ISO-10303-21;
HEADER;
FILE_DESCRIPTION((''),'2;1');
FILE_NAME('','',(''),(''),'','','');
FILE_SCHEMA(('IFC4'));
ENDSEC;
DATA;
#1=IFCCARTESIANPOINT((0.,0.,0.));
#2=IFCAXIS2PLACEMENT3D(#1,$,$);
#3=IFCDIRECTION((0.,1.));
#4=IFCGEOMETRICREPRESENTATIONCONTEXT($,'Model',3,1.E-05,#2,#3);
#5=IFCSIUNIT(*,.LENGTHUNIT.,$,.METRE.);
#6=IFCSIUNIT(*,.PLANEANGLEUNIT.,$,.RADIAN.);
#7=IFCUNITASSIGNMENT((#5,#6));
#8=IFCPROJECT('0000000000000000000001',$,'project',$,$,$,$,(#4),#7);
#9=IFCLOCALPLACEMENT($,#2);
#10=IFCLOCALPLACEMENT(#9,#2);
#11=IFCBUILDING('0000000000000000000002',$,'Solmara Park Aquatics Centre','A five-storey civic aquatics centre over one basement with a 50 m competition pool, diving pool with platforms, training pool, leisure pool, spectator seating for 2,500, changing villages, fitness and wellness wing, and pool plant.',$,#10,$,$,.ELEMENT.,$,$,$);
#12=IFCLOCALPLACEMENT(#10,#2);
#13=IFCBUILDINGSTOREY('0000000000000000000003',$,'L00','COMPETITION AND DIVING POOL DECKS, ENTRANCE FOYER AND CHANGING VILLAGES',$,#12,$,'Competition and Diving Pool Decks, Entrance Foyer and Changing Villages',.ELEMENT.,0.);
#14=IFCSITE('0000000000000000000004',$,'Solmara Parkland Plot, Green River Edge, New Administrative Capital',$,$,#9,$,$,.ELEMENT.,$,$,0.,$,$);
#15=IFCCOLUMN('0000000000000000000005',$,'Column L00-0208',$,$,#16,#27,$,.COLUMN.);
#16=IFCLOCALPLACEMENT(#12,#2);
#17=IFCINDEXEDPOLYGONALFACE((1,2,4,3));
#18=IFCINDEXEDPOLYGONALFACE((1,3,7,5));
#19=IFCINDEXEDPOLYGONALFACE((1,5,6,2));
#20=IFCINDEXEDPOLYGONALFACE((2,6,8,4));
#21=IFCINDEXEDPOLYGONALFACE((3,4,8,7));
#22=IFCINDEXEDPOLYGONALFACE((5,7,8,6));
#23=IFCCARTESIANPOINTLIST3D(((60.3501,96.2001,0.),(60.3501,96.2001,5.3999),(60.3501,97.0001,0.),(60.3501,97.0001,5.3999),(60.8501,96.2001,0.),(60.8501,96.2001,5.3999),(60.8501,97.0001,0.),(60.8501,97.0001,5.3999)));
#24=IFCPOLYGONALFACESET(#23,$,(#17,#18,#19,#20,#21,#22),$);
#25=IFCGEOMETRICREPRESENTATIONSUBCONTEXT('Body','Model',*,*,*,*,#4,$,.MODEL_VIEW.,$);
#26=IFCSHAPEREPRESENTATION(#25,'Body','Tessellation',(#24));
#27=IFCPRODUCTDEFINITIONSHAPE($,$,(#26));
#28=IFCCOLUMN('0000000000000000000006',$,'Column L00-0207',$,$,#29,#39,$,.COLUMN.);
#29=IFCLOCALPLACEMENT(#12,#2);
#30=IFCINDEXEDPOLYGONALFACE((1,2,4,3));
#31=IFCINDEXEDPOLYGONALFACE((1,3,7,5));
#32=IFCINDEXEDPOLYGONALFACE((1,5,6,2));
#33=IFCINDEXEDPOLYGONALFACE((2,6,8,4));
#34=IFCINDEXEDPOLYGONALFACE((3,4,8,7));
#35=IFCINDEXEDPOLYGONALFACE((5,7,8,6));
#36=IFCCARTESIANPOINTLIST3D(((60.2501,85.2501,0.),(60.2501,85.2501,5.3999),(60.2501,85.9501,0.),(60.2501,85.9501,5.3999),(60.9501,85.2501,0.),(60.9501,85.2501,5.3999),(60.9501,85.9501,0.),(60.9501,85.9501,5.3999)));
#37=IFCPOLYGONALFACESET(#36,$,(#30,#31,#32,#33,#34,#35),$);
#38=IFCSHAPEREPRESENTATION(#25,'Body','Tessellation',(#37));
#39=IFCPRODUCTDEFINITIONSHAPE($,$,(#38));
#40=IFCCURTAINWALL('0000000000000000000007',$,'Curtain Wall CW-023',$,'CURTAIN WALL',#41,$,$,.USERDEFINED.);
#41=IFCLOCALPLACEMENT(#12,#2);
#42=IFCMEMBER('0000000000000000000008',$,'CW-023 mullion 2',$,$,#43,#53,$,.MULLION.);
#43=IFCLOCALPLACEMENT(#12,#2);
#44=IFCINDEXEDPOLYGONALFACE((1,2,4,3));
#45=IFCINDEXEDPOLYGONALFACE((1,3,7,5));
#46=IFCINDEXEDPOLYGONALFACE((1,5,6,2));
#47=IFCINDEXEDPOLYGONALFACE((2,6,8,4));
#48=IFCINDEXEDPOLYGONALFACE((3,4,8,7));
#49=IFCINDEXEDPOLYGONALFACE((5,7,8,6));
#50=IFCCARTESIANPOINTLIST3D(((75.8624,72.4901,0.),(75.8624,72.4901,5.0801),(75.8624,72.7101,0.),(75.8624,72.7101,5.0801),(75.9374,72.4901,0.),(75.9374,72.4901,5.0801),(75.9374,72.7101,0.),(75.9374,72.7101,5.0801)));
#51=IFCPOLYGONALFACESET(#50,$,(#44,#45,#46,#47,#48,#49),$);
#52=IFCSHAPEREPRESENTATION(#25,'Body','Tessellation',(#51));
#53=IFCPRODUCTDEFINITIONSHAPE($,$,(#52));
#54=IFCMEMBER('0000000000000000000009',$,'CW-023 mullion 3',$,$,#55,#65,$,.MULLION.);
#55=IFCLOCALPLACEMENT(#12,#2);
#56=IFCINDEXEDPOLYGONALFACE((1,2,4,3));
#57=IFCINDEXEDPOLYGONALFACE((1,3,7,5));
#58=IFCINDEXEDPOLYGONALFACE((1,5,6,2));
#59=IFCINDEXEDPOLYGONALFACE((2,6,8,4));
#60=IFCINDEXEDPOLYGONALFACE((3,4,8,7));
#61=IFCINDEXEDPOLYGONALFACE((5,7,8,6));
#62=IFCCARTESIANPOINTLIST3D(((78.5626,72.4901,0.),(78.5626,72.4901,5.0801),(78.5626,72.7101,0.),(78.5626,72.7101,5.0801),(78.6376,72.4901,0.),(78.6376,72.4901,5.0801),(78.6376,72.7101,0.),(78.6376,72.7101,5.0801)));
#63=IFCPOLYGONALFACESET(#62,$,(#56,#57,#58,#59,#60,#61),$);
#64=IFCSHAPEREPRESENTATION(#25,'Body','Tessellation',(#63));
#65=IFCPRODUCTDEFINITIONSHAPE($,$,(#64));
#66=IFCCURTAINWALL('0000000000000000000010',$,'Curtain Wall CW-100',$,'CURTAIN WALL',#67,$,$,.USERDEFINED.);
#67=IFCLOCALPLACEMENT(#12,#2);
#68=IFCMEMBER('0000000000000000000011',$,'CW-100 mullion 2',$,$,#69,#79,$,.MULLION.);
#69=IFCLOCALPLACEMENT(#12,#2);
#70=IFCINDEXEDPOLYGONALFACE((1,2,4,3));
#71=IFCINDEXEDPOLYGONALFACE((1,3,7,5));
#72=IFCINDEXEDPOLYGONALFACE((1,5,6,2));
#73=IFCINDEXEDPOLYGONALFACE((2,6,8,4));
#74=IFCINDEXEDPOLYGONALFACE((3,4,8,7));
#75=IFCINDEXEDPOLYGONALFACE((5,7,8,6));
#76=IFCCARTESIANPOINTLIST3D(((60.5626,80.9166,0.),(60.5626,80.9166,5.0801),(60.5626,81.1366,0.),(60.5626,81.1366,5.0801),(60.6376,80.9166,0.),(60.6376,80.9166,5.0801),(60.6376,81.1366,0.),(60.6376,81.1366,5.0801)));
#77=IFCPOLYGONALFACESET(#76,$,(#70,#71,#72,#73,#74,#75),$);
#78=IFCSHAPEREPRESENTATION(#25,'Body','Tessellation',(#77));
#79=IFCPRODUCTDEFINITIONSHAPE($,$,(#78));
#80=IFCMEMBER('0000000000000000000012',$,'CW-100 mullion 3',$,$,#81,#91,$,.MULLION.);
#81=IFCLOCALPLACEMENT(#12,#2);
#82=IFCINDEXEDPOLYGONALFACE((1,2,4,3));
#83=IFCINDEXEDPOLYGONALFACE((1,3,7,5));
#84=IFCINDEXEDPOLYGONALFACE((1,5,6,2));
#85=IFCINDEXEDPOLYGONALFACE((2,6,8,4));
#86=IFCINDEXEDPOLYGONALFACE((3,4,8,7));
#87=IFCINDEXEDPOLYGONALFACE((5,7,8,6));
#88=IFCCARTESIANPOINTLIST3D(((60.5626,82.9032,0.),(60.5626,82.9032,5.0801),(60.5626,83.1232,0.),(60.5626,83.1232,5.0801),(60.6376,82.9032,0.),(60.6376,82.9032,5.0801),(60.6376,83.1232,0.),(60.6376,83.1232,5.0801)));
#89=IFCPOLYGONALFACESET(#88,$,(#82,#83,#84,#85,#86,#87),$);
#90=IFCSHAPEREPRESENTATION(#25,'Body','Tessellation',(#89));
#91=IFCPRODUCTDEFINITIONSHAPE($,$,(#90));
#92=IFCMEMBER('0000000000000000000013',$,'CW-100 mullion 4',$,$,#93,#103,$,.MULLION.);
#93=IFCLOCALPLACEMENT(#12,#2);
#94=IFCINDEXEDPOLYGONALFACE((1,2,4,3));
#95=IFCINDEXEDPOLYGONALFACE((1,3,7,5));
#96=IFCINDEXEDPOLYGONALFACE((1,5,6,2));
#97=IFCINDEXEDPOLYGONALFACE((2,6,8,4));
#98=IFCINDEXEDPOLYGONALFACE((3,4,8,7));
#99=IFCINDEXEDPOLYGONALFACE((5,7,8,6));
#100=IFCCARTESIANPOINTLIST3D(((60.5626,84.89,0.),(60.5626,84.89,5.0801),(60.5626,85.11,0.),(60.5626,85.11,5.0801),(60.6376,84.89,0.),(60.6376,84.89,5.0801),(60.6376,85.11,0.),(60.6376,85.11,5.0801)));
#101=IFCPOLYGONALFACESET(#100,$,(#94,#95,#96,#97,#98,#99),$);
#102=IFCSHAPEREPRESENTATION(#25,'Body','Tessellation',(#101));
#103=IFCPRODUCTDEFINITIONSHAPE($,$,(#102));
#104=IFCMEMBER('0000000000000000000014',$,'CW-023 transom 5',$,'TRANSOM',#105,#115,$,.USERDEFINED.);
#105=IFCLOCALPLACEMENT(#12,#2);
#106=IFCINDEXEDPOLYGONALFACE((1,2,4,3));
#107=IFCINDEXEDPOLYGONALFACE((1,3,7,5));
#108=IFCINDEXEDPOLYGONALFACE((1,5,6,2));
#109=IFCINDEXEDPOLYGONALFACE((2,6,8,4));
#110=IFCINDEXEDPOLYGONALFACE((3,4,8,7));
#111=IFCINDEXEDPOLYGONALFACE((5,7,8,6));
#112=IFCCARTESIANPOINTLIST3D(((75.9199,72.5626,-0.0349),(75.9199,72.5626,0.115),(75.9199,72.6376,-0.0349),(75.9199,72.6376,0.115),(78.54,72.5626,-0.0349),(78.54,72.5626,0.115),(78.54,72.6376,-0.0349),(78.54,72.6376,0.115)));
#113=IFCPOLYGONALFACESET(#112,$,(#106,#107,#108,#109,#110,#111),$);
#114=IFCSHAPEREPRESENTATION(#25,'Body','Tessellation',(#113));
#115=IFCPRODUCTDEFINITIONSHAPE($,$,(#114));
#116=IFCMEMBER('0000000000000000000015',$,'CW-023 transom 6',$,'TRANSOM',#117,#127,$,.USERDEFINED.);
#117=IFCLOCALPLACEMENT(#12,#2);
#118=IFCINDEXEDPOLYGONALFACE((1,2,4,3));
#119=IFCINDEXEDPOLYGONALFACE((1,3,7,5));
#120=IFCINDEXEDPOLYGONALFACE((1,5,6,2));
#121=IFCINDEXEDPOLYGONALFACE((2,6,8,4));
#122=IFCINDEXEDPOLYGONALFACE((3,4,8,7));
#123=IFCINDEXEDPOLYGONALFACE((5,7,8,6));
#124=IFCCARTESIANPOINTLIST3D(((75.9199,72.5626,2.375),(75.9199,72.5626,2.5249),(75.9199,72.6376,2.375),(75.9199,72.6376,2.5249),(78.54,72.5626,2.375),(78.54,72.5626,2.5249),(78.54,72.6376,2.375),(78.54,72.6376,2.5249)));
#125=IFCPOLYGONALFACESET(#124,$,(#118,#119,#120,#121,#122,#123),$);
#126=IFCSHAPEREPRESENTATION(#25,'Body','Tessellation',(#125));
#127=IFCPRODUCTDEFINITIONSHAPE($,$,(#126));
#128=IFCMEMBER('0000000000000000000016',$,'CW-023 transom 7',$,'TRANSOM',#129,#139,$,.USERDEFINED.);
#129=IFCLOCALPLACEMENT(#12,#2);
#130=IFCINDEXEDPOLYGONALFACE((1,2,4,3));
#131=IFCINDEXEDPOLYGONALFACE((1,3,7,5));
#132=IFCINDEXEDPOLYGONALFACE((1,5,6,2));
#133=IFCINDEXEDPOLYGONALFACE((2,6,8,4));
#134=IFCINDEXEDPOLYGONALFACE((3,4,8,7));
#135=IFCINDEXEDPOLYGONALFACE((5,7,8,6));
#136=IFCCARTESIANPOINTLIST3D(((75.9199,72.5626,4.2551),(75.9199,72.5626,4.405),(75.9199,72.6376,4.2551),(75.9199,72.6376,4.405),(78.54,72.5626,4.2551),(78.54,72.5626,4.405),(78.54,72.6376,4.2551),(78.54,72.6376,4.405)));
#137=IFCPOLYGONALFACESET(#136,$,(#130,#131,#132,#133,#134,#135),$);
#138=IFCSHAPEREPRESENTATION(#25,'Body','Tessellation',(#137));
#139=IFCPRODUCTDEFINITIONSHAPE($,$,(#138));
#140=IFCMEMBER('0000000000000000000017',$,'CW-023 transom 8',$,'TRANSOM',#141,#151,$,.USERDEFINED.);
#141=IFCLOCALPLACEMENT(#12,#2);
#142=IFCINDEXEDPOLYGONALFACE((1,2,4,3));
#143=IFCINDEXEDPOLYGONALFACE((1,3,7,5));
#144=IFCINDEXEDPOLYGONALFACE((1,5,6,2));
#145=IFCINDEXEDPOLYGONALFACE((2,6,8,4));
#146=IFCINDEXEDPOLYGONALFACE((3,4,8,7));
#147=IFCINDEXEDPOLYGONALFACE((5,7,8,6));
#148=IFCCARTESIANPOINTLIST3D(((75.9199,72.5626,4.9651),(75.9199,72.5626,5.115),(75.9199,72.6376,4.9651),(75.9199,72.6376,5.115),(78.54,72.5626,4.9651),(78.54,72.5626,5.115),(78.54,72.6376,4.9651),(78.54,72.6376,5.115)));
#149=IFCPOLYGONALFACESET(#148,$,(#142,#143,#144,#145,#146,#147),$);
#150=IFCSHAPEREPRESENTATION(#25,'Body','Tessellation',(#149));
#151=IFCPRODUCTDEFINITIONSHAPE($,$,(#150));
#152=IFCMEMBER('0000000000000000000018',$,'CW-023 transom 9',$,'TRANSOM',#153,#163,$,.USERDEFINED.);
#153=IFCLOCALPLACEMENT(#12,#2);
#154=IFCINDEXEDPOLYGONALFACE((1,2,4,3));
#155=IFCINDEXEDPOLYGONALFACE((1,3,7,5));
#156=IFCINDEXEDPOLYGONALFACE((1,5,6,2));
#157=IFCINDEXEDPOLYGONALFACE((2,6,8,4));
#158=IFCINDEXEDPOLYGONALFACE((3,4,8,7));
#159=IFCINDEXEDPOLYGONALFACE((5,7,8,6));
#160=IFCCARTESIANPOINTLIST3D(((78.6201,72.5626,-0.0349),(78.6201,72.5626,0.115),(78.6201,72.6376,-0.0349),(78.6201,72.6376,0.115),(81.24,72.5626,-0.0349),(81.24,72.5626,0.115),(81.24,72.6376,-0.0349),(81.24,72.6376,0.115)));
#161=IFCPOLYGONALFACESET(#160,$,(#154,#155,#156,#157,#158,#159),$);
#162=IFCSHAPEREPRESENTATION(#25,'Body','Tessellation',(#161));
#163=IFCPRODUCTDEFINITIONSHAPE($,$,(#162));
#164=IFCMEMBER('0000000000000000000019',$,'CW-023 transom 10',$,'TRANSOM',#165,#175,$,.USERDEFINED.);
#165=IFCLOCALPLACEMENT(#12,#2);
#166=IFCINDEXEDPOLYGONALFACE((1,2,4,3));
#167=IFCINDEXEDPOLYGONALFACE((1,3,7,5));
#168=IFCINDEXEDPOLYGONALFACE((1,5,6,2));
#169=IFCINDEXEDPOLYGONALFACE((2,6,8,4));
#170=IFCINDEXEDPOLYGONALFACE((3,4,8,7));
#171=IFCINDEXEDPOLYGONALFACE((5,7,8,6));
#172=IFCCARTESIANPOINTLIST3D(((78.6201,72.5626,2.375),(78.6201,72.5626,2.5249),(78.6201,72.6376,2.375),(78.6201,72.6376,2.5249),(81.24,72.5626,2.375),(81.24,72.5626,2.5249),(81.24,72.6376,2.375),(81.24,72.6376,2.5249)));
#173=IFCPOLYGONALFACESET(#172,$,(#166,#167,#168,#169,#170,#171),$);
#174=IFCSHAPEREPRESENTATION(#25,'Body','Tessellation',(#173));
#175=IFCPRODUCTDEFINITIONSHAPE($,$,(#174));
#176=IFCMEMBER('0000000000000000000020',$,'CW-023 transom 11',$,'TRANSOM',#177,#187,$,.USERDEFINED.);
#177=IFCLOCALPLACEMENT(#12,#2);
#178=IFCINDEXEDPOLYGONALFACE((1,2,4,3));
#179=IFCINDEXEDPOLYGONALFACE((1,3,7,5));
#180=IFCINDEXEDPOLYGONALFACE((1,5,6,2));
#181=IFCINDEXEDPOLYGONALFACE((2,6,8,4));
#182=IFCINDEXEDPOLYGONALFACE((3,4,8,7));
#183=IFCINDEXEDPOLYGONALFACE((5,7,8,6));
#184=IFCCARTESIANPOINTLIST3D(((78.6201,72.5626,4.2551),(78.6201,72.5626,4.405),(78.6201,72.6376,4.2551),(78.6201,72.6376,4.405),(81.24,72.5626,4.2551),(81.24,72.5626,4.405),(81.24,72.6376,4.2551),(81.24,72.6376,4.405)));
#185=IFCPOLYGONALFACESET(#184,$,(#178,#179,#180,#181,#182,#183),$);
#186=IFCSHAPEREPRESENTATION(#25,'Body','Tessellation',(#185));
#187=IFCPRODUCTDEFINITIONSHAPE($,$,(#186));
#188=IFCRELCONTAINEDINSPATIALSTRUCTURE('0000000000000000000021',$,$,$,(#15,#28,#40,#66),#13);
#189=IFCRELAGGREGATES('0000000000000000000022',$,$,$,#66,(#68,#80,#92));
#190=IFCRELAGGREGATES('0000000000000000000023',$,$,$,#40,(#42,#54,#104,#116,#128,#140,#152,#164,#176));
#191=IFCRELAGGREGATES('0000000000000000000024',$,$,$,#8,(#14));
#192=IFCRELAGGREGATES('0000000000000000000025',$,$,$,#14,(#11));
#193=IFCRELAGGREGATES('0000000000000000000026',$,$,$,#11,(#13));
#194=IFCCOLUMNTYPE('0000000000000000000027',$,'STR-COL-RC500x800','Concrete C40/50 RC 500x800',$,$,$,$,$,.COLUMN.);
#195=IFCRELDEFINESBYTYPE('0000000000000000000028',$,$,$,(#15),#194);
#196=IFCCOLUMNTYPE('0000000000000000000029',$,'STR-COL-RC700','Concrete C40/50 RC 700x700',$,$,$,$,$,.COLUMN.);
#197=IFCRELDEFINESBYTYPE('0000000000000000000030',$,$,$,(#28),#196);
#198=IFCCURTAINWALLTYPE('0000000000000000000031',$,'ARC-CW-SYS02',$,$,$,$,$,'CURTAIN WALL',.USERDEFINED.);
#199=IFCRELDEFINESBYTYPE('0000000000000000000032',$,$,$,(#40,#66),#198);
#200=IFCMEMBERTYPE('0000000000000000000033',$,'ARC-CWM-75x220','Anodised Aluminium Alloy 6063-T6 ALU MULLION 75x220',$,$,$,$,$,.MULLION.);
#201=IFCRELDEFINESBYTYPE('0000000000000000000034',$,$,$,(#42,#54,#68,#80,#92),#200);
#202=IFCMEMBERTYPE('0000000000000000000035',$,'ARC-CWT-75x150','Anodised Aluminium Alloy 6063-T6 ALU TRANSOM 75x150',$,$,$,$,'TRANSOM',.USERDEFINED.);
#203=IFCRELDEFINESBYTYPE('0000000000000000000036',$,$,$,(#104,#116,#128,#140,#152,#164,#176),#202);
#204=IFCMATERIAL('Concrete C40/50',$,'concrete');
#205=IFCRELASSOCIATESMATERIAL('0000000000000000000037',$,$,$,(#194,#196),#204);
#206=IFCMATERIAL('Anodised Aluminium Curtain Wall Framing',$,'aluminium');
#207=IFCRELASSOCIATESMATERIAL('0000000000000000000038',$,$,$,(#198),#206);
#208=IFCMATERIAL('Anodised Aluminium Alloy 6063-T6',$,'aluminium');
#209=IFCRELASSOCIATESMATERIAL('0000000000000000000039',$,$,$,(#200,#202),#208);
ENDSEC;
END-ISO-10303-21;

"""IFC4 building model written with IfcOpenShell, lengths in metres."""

from ifc_helpers import new_model, si_unit, direction, frame, origin, origin_2d, place, context, subcontext, project, spatial, rectangle, extrude, material, material_profile, profile_set, type_object, element, aggregate, save


model = new_model("IFC4")

# Units and contexts
model_context = context("Model", 3, precision=1e-05, world=origin(), true_north=direction((0.0, 1.0)))
body_context = subcontext(model_context, "Body", "Model", "MODEL_VIEW")
ifc_project = project(units=[si_unit("LENGTHUNIT", "METRE"), si_unit("PLANEANGLEUNIT", "RADIAN")], contexts=[model_context])

# Site, building, storey
site_placement = place(None, origin())
site = spatial("IfcSite", under=ifc_project, at=site_placement, Name="Solmara Parkland Plot, Green River Edge, New Administrative Capital", CompositionType="ELEMENT", RefElevation=0.0)
building_placement = place(site_placement, origin())
building = spatial("IfcBuilding", under=site, at=building_placement, Name="Solmara Park Aquatics Centre", Description="A five-storey civic aquatics centre over one basement with a 50 m competition pool, diving pool with platforms, training pool, leisure pool, spectator seating for 2,500, changing villages, fitness and wellness wing, and pool plant.", CompositionType="ELEMENT")
storey_placement = place(building_placement, origin())
storey = spatial("IfcBuildingStorey", under=building, at=storey_placement, Name="L00", Description="COMPETITION AND DIVING POOL DECKS, ENTRANCE FOYER AND CHANGING VILLAGES", LongName="Competition and Diving Pool Decks, Entrance Foyer and Changing Villages", CompositionType="ELEMENT", Elevation=0.0)

# Columns
ifc_material_1 = material(Name="Concrete C40/50", Category="concrete")
ifc_material_profile_1 = material_profile(ifc_material_1, rectangle(XDim=0.5, YDim=0.8, at=origin_2d()), Name="RC 500x800")
ifc_profile_set_1 = profile_set([ifc_material_profile_1], Name="Concrete C40/50")
column_type_1 = type_object("IfcColumnType", Name="STR-COL-RC500x800", Description="Concrete C40/50 RC 500x800", PredefinedType="COLUMN", material=ifc_profile_set_1)
column_1_placement = place(storey_placement, frame((60.6001, 96.6001, 0.0), z_axis=(0.0, 0.0, 1.0), x_axis=(1.0, 0.0, 0.0)))
element("IfcColumn", 1, at=column_1_placement, inside=storey, type_object=column_type_1, Name="Column L00-0208", PredefinedType="COLUMN", context=body_context, shape_type="SweptSolid", body=[
    extrude(rectangle(XDim=0.5, YDim=0.8, at=origin_2d()), origin(), (0.0, 0.0, 1.0), 5.3999),
])
ifc_material_profile_2 = material_profile(ifc_material_1, rectangle(XDim=0.7, YDim=0.7, at=origin_2d()), Name="RC 700x700")
ifc_profile_set_2 = profile_set([ifc_material_profile_2], Name="Concrete C40/50")
column_type_2 = type_object("IfcColumnType", Name="STR-COL-RC700", Description="Concrete C40/50 RC 700x700", PredefinedType="COLUMN", material=ifc_profile_set_2)
column_2_placement = place(storey_placement, frame((60.6001, 85.6001, 0.0), z_axis=(0.0, 0.0, 1.0), x_axis=(1.0, 0.0, 0.0)))
element("IfcColumn", 2, at=column_2_placement, inside=storey, type_object=column_type_2, Name="Column L00-0207", PredefinedType="COLUMN", context=body_context, shape_type="SweptSolid", body=[
    extrude(rectangle(XDim=0.7, YDim=0.7, at=origin_2d()), origin(), (0.0, 0.0, 1.0), 5.3999),
])

# Curtain walls, members
ifc_material_2 = material(Name="Anodised Aluminium Curtain Wall Framing", Category="aluminium")
curtain_wall_type = type_object("IfcCurtainWallType", Name="ARC-CW-SYS02", ElementType="CURTAIN WALL", PredefinedType="USERDEFINED", material=ifc_material_2)
curtain_wall_1_placement = place(storey_placement, origin())
curtain_wall_1 = element("IfcCurtainWall", 3, at=curtain_wall_1_placement, inside=storey, type_object=curtain_wall_type, Name="Curtain Wall CW-023", ObjectType="CURTAIN WALL", PredefinedType="USERDEFINED")
ifc_material_3 = material(Name="Anodised Aluminium Alloy 6063-T6", Category="aluminium")
ifc_material_profile_3 = material_profile(ifc_material_3, rectangle(XDim=0.075, YDim=0.22, at=origin_2d()), Name="ALU MULLION 75x220")
ifc_profile_set_3 = profile_set([ifc_material_profile_3], Name="Anodised Aluminium Alloy 6063-T6")
member_type_1 = type_object("IfcMemberType", Name="ARC-CWM-75x220", Description="Anodised Aluminium Alloy 6063-T6 ALU MULLION 75x220", PredefinedType="MULLION", material=ifc_profile_set_3)
member_1_placement = place(storey_placement, frame((75.8999, 72.6001, 0.0), z_axis=(0.0, 0.0, 1.0), x_axis=(1.0, 0.0, 0.0)))
member_1 = element("IfcMember", 4, at=member_1_placement, type_object=member_type_1, Name="CW-023 mullion 2", PredefinedType="MULLION", context=body_context, shape_type="SweptSolid", body=[
    extrude(rectangle(XDim=0.075, YDim=0.22, at=origin_2d()), origin(), (0.0, 0.0, 1.0), 5.0801),
])
member_2_placement = place(storey_placement, frame((78.6001, 72.6001, 0.0), z_axis=(0.0, 0.0, 1.0), x_axis=(1.0, 0.0, 0.0)))
member_2 = element("IfcMember", 5, at=member_2_placement, type_object=member_type_1, Name="CW-023 mullion 3", PredefinedType="MULLION", context=body_context, shape_type="SweptSolid", body=[
    extrude(rectangle(XDim=0.075, YDim=0.22, at=origin_2d()), origin(), (0.0, 0.0, 1.0), 5.0801),
])
curtain_wall_2_placement = place(storey_placement, origin())
curtain_wall_2 = element("IfcCurtainWall", 6, at=curtain_wall_2_placement, inside=storey, type_object=curtain_wall_type, Name="Curtain Wall CW-100", ObjectType="CURTAIN WALL", PredefinedType="USERDEFINED")
member_3_placement = place(storey_placement, frame((60.6001, 81.0266, 0.0), z_axis=(0.0, 0.0, 1.0), x_axis=(1.0, 0.0, 0.0)))
member_3 = element("IfcMember", 7, at=member_3_placement, type_object=member_type_1, Name="CW-100 mullion 2", PredefinedType="MULLION", context=body_context, shape_type="SweptSolid", body=[
    extrude(rectangle(XDim=0.075, YDim=0.22, at=origin_2d()), origin(), (0.0, 0.0, 1.0), 5.0801),
])
member_4_placement = place(storey_placement, frame((60.6001, 83.0132, 0.0), z_axis=(0.0, 0.0, 1.0), x_axis=(1.0, 0.0, 0.0)))
member_4 = element("IfcMember", 8, at=member_4_placement, type_object=member_type_1, Name="CW-100 mullion 3", PredefinedType="MULLION", context=body_context, shape_type="SweptSolid", body=[
    extrude(rectangle(XDim=0.075, YDim=0.22, at=origin_2d()), origin(), (0.0, 0.0, 1.0), 5.0801),
])
member_5_placement = place(storey_placement, frame((60.6001, 85.0, 0.0), z_axis=(0.0, 0.0, 1.0), x_axis=(1.0, 0.0, 0.0)))
member_5 = element("IfcMember", 9, at=member_5_placement, type_object=member_type_1, Name="CW-100 mullion 4", PredefinedType="MULLION", context=body_context, shape_type="SweptSolid", body=[
    extrude(rectangle(XDim=0.075, YDim=0.22, at=origin_2d()), origin(), (0.0, 0.0, 1.0), 5.0801),
])

# Members
ifc_material_profile_4 = material_profile(ifc_material_3, rectangle(XDim=0.075, YDim=0.1499, at=origin_2d()), Name="ALU TRANSOM 75x150")
ifc_profile_set_4 = profile_set([ifc_material_profile_4], Name="Anodised Aluminium Alloy 6063-T6")
member_type_2 = type_object("IfcMemberType", Name="ARC-CWT-75x150", Description="Anodised Aluminium Alloy 6063-T6 ALU TRANSOM 75x150", ElementType="TRANSOM", PredefinedType="USERDEFINED", material=ifc_profile_set_4)
member_6_placement = place(storey_placement, frame((75.9199, 72.6001, 0.04), z_axis=(1.0, 0.0, 0.0), x_axis=(0.0, 1.0, 0.0)))
member_6 = element("IfcMember", 10, at=member_6_placement, type_object=member_type_2, Name="CW-023 transom 5", ObjectType="TRANSOM", PredefinedType="USERDEFINED", context=body_context, shape_type="SweptSolid", body=[
    extrude(rectangle(XDim=0.075, YDim=0.1499, at=origin_2d()), origin(), (0.0, 0.0, 1.0), 2.6201),
])
member_7_placement = place(storey_placement, frame((75.9199, 72.6001, 2.45), z_axis=(1.0, 0.0, 0.0), x_axis=(0.0, 1.0, 0.0)))
member_7 = element("IfcMember", 11, at=member_7_placement, type_object=member_type_2, Name="CW-023 transom 6", ObjectType="TRANSOM", PredefinedType="USERDEFINED", context=body_context, shape_type="SweptSolid", body=[
    extrude(rectangle(XDim=0.075, YDim=0.1499, at=origin_2d()), origin(), (0.0, 0.0, 1.0), 2.6201),
])
member_8_placement = place(storey_placement, frame((75.9199, 72.6001, 4.3301), z_axis=(1.0, 0.0, 0.0), x_axis=(0.0, 1.0, 0.0)))
member_8 = element("IfcMember", 12, at=member_8_placement, type_object=member_type_2, Name="CW-023 transom 7", ObjectType="TRANSOM", PredefinedType="USERDEFINED", context=body_context, shape_type="SweptSolid", body=[
    extrude(rectangle(XDim=0.075, YDim=0.1499, at=origin_2d()), origin(), (0.0, 0.0, 1.0), 2.6201),
])
member_9_placement = place(storey_placement, frame((75.9199, 72.6001, 5.04), z_axis=(1.0, 0.0, 0.0), x_axis=(0.0, 1.0, 0.0)))
member_9 = element("IfcMember", 13, at=member_9_placement, type_object=member_type_2, Name="CW-023 transom 8", ObjectType="TRANSOM", PredefinedType="USERDEFINED", context=body_context, shape_type="SweptSolid", body=[
    extrude(rectangle(XDim=0.075, YDim=0.1499, at=origin_2d()), origin(), (0.0, 0.0, 1.0), 2.6201),
])
member_10_placement = place(storey_placement, frame((78.6201, 72.6001, 0.04), z_axis=(1.0, 0.0, 0.0), x_axis=(0.0, 1.0, 0.0)))
member_10 = element("IfcMember", 14, at=member_10_placement, type_object=member_type_2, Name="CW-023 transom 9", ObjectType="TRANSOM", PredefinedType="USERDEFINED", context=body_context, shape_type="SweptSolid", body=[
    extrude(rectangle(XDim=0.075, YDim=0.1499, at=origin_2d()), origin(), (0.0, 0.0, 1.0), 2.6199),
])
member_11_placement = place(storey_placement, frame((78.6201, 72.6001, 2.45), z_axis=(1.0, 0.0, 0.0), x_axis=(0.0, 1.0, 0.0)))
member_11 = element("IfcMember", 15, at=member_11_placement, type_object=member_type_2, Name="CW-023 transom 10", ObjectType="TRANSOM", PredefinedType="USERDEFINED", context=body_context, shape_type="SweptSolid", body=[
    extrude(rectangle(XDim=0.075, YDim=0.1499, at=origin_2d()), origin(), (0.0, 0.0, 1.0), 2.6199),
])
member_12_placement = place(storey_placement, frame((78.6201, 72.6001, 4.3301), z_axis=(1.0, 0.0, 0.0), x_axis=(0.0, 1.0, 0.0)))
member_12 = element("IfcMember", 16, at=member_12_placement, type_object=member_type_2, Name="CW-023 transom 11", ObjectType="TRANSOM", PredefinedType="USERDEFINED", context=body_context, shape_type="SweptSolid", body=[
    extrude(rectangle(XDim=0.075, YDim=0.1499, at=origin_2d()), origin(), (0.0, 0.0, 1.0), 2.6199),
])

aggregate(curtain_wall_2, [member_3, member_4, member_5])
aggregate(curtain_wall_1, [member_1, member_2, member_6, member_7, member_8, member_9, member_10, member_11, member_12])

save(model, "model.ifc")
